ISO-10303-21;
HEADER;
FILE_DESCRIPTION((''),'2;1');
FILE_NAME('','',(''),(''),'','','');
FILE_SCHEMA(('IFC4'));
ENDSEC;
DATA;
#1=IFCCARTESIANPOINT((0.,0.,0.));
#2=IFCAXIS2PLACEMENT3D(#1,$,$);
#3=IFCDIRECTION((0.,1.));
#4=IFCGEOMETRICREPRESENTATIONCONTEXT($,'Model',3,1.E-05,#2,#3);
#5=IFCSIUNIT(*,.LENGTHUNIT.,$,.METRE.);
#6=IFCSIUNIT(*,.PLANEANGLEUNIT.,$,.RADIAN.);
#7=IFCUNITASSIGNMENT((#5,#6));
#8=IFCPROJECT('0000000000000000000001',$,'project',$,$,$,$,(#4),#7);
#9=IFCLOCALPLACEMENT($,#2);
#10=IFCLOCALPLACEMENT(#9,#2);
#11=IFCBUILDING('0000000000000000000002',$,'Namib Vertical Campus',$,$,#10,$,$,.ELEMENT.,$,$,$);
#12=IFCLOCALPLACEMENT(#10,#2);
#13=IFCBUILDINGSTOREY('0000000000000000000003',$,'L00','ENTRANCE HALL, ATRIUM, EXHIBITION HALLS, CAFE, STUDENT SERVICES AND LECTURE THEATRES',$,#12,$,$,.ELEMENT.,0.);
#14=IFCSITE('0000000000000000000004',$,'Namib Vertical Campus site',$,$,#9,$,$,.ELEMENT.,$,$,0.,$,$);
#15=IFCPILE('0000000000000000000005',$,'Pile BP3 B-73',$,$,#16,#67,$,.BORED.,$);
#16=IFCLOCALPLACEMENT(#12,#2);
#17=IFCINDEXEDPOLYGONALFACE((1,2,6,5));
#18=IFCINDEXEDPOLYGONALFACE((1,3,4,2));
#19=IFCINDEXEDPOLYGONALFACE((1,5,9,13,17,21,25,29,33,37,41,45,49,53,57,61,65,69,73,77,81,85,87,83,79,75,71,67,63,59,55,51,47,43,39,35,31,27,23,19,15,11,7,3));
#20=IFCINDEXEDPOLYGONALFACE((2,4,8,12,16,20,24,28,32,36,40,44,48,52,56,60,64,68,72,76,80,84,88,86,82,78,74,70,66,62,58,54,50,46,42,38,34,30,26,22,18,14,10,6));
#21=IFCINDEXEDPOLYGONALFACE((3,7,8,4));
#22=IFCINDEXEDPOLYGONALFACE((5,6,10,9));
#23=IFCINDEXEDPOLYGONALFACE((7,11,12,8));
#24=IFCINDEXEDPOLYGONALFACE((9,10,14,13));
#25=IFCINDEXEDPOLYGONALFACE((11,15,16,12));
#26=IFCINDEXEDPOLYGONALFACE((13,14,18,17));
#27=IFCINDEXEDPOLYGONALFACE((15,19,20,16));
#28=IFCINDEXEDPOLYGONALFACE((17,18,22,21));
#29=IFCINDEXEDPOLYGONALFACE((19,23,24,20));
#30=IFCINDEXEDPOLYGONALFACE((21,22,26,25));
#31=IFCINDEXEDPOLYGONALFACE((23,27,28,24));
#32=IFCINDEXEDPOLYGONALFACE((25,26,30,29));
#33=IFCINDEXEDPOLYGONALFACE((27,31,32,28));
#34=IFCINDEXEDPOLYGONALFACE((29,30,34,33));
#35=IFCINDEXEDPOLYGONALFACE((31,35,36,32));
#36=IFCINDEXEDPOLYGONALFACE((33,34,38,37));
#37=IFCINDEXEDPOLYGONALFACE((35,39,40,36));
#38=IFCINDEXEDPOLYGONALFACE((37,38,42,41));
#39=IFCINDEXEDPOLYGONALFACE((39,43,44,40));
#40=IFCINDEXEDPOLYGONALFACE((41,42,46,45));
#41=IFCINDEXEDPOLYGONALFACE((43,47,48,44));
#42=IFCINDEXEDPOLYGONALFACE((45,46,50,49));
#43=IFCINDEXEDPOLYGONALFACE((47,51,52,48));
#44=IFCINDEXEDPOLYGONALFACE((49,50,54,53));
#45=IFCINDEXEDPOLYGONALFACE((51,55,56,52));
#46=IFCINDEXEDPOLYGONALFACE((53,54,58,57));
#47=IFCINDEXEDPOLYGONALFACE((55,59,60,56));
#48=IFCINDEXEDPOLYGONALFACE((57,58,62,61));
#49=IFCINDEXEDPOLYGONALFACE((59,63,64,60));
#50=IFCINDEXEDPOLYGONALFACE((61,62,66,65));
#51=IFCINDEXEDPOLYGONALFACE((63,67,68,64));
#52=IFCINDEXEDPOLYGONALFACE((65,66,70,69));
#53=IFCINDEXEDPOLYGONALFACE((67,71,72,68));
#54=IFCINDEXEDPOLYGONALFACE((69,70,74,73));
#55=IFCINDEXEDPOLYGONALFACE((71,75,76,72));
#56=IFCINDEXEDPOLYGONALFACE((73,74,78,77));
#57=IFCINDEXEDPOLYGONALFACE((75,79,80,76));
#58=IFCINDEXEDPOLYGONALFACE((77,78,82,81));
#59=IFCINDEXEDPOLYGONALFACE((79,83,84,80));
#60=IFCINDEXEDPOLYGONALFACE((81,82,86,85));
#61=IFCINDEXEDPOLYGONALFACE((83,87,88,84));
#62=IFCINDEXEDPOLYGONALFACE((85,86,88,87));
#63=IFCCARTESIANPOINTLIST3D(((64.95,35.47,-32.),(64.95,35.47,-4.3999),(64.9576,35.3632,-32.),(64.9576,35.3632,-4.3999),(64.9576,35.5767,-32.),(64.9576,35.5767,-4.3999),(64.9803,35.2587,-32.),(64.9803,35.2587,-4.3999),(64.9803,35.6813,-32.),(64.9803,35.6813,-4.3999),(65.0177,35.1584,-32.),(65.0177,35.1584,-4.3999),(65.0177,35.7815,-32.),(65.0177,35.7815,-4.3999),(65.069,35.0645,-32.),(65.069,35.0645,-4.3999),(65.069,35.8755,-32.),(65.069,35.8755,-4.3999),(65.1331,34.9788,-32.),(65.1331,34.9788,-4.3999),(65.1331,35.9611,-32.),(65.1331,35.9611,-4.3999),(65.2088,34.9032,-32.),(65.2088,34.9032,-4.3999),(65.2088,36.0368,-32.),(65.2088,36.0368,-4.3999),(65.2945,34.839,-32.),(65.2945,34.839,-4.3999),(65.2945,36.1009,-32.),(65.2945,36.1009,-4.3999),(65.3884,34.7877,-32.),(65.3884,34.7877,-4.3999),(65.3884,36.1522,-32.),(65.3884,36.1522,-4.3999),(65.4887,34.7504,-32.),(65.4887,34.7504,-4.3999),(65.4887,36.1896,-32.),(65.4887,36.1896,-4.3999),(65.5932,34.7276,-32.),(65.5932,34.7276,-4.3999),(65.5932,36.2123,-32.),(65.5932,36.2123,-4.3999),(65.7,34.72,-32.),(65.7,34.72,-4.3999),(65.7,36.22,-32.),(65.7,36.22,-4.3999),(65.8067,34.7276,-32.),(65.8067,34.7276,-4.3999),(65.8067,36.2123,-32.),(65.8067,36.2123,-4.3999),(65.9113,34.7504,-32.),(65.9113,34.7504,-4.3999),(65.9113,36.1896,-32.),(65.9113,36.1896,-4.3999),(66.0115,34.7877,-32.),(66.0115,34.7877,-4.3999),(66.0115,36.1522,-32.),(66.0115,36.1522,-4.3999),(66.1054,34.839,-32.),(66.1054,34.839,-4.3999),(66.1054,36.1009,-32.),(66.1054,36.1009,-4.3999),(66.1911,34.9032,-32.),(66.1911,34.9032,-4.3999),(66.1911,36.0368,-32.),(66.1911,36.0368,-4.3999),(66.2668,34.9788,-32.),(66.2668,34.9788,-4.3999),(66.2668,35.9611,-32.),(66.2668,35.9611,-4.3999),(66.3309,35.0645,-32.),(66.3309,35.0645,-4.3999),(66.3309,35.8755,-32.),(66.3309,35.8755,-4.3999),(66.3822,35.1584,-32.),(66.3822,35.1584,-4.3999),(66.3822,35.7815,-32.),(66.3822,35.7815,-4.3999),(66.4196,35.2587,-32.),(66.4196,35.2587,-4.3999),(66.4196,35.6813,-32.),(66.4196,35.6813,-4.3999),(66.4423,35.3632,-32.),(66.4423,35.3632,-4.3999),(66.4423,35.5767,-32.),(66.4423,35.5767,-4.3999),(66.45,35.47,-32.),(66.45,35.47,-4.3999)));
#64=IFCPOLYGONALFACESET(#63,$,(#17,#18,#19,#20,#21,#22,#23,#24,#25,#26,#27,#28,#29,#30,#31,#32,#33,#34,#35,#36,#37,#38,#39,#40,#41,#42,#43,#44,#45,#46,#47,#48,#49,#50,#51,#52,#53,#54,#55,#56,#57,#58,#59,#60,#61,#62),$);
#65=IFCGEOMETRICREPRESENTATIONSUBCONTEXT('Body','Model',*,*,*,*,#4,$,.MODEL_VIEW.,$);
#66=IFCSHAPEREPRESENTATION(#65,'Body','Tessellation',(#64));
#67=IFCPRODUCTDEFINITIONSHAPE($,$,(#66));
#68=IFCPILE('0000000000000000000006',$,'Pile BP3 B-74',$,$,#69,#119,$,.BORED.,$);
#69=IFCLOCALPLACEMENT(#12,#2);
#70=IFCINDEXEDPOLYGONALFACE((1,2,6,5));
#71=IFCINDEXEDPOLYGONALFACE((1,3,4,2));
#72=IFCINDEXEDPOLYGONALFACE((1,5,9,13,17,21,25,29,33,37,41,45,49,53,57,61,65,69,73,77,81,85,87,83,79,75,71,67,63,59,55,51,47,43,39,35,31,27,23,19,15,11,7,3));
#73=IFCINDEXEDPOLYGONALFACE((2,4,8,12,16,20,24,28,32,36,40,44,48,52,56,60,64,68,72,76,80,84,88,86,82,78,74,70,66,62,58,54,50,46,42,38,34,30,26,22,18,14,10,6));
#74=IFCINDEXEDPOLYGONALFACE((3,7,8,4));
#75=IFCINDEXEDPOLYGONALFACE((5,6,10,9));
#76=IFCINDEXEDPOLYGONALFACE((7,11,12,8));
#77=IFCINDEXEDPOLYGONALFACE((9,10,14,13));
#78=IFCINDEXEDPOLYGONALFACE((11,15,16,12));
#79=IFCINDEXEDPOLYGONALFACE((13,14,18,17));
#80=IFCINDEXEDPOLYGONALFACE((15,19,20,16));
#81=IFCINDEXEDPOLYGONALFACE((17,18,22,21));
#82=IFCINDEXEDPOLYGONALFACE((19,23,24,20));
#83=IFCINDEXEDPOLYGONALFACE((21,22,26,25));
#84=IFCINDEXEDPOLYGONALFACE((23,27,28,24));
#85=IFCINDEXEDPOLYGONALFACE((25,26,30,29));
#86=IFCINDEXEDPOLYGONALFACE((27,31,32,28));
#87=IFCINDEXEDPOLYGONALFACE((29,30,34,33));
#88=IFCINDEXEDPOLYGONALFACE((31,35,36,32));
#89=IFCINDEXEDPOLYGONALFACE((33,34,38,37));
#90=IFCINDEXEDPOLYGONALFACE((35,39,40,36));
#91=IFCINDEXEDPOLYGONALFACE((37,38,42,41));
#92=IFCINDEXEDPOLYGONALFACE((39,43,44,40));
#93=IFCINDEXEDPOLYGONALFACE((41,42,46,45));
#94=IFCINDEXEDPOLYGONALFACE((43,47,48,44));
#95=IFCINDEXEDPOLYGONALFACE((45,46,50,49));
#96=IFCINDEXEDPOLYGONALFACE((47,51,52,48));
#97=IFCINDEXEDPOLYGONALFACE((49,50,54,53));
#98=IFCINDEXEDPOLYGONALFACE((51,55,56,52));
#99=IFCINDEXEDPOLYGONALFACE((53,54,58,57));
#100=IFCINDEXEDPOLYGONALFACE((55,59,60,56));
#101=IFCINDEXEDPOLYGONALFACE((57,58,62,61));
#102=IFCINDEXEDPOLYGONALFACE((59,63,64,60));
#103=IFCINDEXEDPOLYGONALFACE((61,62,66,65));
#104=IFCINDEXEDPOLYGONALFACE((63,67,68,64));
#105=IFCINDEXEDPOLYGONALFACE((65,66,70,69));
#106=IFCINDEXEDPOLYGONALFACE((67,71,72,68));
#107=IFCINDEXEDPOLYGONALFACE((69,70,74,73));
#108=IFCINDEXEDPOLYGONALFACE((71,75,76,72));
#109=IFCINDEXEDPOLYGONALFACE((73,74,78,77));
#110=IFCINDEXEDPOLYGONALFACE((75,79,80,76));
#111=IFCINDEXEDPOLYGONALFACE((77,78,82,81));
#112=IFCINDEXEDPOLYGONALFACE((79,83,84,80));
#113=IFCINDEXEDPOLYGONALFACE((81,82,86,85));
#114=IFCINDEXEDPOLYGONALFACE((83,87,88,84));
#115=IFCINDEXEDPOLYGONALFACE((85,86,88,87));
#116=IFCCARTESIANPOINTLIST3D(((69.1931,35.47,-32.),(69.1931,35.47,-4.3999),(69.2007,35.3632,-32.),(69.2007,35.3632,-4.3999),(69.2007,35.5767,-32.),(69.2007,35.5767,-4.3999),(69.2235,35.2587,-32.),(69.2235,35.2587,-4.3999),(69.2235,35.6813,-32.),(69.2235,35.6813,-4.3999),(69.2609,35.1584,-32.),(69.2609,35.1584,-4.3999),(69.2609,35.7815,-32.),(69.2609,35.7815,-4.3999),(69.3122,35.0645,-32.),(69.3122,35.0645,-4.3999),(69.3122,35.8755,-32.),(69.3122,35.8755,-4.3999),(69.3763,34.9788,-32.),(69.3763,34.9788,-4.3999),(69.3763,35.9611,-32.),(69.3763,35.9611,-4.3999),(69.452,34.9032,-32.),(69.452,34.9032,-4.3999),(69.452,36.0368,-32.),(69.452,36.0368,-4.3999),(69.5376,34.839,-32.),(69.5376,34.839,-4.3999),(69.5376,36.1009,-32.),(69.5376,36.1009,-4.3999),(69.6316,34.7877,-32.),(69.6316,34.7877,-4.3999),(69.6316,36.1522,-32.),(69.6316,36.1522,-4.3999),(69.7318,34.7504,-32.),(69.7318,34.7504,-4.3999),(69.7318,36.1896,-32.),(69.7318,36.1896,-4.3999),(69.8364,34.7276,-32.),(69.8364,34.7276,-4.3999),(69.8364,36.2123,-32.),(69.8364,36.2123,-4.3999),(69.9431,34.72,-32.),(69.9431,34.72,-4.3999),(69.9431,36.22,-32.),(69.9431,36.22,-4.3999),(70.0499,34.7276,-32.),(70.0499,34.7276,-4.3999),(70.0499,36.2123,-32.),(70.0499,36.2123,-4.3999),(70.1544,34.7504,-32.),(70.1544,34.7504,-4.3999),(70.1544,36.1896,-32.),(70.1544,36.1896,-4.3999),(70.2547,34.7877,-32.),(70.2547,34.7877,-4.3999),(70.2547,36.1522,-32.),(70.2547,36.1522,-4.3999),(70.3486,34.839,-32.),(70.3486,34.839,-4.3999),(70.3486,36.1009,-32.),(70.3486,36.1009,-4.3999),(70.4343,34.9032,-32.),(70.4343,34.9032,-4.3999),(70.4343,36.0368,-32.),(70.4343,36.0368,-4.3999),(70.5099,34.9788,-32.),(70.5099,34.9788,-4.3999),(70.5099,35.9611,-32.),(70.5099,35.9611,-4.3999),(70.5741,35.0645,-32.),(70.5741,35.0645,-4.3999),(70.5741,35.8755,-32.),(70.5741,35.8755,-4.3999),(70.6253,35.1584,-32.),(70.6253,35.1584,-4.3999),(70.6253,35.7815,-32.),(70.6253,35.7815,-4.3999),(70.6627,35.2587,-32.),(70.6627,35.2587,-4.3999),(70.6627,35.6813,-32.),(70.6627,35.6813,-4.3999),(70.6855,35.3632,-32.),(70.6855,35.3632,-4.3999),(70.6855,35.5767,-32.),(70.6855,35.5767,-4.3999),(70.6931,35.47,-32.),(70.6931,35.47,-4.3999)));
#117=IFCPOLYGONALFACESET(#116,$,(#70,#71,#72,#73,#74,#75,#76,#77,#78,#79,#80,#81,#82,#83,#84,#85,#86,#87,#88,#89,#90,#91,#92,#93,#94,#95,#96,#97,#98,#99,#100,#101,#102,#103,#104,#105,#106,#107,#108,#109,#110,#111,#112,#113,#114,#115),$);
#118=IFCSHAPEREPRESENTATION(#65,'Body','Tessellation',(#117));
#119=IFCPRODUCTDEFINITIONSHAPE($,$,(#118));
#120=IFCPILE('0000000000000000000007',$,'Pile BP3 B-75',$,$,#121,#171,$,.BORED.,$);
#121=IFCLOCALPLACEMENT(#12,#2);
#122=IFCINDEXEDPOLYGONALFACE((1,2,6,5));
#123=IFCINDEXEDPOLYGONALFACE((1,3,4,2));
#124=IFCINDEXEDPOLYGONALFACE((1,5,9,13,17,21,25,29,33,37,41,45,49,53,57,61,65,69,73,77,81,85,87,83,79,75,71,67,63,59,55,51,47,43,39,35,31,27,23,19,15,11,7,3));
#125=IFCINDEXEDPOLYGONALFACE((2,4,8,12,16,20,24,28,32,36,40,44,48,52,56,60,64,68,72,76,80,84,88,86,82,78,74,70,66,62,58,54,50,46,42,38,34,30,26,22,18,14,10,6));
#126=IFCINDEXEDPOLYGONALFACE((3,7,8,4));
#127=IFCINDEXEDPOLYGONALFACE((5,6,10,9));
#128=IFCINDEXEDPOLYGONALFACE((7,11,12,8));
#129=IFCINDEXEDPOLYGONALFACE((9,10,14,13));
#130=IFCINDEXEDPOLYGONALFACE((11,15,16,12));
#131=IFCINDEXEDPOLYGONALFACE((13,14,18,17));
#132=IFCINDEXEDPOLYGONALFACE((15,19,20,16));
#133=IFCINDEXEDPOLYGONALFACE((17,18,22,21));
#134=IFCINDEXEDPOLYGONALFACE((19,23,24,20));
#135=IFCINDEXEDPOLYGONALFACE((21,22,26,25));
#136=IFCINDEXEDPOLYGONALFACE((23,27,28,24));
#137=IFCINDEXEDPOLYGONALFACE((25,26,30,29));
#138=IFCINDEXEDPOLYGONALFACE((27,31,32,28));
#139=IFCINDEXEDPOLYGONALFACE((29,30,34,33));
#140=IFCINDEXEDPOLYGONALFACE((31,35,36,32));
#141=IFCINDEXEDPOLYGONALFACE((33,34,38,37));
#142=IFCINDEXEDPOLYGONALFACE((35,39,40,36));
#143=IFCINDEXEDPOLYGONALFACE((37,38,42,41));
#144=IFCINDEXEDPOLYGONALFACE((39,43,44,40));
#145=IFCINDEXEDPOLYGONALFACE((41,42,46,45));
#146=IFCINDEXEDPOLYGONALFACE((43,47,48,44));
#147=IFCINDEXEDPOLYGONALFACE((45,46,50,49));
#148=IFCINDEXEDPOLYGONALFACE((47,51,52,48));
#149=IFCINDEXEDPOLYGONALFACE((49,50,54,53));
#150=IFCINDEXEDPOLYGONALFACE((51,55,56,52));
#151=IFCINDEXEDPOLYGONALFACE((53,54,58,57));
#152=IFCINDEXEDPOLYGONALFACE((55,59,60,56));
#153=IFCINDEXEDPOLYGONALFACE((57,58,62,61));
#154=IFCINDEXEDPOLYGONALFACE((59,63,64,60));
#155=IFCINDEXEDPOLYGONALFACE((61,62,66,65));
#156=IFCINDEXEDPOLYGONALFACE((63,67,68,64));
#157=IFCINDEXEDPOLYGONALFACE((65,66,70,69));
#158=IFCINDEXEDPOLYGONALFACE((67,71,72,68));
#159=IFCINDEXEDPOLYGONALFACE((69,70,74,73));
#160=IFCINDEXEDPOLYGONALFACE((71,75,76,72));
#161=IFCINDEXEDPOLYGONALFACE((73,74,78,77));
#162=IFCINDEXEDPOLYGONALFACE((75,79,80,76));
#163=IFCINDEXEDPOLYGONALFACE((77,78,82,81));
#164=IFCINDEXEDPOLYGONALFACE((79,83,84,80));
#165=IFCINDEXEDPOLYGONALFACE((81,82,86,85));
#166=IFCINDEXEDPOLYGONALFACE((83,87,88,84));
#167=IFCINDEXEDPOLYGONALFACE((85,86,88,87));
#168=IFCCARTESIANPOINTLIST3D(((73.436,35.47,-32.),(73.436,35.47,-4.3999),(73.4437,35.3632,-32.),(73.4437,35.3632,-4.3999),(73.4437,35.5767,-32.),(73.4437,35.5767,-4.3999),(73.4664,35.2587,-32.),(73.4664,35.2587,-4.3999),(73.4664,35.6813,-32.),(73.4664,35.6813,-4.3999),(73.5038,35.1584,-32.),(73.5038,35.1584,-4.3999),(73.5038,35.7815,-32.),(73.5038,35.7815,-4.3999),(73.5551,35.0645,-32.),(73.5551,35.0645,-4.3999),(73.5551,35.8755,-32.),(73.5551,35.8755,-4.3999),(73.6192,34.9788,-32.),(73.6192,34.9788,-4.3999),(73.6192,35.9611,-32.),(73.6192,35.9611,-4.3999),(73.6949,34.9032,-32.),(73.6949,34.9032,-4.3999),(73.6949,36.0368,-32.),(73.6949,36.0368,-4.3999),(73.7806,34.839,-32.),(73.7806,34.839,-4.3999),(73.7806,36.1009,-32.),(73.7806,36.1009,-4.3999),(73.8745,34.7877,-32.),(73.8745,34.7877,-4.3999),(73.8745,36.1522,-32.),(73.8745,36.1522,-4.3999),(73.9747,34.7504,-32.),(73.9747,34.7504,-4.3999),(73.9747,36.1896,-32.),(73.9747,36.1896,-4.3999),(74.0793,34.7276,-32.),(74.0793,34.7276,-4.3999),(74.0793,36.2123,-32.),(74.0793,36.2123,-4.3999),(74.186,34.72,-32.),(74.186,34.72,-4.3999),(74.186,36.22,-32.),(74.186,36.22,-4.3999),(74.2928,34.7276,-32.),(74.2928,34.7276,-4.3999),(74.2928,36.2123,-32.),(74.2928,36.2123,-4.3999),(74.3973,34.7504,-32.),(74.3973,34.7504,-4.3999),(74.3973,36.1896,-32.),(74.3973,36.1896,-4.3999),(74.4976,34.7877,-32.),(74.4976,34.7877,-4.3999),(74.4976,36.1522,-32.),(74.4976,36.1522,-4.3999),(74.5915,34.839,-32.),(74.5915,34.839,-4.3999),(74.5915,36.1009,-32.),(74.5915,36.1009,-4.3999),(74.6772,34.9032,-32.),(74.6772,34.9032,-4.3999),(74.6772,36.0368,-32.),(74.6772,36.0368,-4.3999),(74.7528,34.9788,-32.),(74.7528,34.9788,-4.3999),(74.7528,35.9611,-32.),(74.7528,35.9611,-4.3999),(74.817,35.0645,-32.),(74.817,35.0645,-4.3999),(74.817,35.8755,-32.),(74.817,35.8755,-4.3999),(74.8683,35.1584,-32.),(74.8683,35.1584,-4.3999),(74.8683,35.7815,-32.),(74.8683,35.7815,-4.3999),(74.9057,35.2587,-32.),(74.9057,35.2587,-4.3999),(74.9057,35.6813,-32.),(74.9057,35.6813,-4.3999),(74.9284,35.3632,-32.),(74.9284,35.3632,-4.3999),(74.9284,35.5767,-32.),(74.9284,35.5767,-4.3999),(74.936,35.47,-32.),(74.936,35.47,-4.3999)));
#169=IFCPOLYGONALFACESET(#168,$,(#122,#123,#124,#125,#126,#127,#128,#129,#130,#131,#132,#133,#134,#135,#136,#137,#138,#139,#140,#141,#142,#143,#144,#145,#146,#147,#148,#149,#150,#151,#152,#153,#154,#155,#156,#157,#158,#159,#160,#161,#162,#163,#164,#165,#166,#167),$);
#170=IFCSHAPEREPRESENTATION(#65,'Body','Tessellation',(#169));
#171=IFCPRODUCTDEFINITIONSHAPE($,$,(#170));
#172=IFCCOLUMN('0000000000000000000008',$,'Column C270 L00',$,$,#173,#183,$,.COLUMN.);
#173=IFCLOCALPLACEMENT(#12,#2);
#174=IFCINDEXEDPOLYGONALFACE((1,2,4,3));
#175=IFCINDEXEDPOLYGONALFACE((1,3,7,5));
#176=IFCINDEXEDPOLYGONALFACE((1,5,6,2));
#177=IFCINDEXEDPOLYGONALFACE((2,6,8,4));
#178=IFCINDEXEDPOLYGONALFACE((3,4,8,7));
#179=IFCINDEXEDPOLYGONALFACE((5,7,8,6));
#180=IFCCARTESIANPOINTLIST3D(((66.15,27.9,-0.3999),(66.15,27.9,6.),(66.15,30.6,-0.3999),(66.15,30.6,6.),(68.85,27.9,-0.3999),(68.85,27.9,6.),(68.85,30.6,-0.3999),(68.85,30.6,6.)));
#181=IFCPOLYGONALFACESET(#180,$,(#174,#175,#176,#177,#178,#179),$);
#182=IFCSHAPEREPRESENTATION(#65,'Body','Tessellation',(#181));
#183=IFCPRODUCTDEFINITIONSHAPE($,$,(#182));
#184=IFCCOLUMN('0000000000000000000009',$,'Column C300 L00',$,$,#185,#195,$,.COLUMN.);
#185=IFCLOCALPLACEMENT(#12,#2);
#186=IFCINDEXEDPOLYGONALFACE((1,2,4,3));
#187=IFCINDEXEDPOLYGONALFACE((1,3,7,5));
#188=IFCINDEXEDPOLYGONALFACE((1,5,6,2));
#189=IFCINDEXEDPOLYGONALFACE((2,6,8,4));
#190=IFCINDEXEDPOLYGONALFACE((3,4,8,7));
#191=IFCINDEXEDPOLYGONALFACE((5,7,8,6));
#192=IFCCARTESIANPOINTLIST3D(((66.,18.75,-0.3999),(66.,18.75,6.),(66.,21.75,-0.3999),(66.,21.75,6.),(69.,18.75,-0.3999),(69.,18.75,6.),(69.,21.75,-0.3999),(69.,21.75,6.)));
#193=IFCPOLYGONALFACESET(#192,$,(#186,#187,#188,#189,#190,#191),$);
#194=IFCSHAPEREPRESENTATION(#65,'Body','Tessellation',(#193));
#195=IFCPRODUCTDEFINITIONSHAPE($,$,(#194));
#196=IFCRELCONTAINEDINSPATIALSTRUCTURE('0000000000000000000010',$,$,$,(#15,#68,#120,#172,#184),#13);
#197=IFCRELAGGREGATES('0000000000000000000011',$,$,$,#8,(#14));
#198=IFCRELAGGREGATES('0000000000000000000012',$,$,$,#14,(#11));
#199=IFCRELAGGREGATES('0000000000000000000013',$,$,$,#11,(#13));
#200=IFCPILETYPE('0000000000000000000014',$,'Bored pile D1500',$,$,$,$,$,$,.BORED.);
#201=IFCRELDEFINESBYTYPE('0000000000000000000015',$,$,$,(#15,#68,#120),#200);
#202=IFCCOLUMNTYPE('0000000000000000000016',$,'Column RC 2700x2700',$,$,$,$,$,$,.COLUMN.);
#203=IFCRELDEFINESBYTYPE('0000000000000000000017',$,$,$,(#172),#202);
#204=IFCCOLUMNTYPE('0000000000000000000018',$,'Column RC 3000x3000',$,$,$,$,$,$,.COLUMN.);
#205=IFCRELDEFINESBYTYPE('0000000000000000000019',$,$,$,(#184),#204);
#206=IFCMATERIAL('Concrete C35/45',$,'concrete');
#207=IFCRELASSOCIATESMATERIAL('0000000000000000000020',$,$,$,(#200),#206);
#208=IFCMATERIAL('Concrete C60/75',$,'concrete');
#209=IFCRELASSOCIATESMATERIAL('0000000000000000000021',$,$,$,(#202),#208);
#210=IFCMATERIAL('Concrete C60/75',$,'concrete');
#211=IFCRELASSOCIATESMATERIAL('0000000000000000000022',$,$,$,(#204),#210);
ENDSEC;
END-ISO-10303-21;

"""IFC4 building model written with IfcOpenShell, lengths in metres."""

from ifc_helpers import new_model, si_unit, direction, frame, origin, origin_2d, place, context, subcontext, project, spatial, rectangle, circle, extrude, material, material_profile, profile_set, type_object, element, save


model = new_model("IFC4")

# Units and contexts
model_context = context("Model", 3, precision=1e-05, world=origin(), true_north=direction((0.0, 1.0)))
body_context = subcontext(model_context, "Body", "Model", "MODEL_VIEW")
ifc_project = project(units=[si_unit("LENGTHUNIT", "METRE"), si_unit("PLANEANGLEUNIT", "RADIAN")], contexts=[model_context])

# Site, building, storey
site_placement = place(None, origin())
site = spatial("IfcSite", under=ifc_project, at=site_placement, Name="Namib Vertical Campus site", CompositionType="ELEMENT", RefElevation=0.0)
building_placement = place(site_placement, origin())
building = spatial("IfcBuilding", under=site, at=building_placement, Name="Namib Vertical Campus", CompositionType="ELEMENT")
storey_placement = place(building_placement, origin())
storey = spatial("IfcBuildingStorey", under=building, at=storey_placement, Name="L00", Description="ENTRANCE HALL, ATRIUM, EXHIBITION HALLS, CAFE, STUDENT SERVICES AND LECTURE THEATRES", CompositionType="ELEMENT", Elevation=0.0)

# Piles
ifc_material_1 = material(Name="Concrete C35/45", Category="concrete")
ifc_material_profile_1 = material_profile(ifc_material_1, circle(Radius=0.75, at=origin_2d()))
ifc_profile_set_1 = profile_set([ifc_material_profile_1], Name="Concrete C35/45")
pile_type = type_object("IfcPileType", Name="Bored pile D1500", PredefinedType="BORED", material=ifc_profile_set_1)
for number, where, z_axis, x_axis, name in (
    (1, (65.7, 35.47, -4.3999), (0.0, 0.0, -1.0), (1.0, 0.0, 0.0), "Pile BP3 B-73"),
    (2, (69.9431, 35.47, -4.3999), (0.0, 0.0, -1.0), (1.0, 0.0, 0.0), "Pile BP3 B-74"),
    (3, (74.186, 35.47, -4.3999), (0.0, 0.0, -1.0), (1.0, 0.0, 0.0), "Pile BP3 B-75"),
):
    element("IfcPile", number, at=place(storey_placement, frame(where, z_axis=z_axis, x_axis=x_axis)), inside=storey, type_object=pile_type, Name=name, PredefinedType="BORED", context=body_context, shape_type="SweptSolid", body=[
        extrude(circle(Radius=0.75, at=origin_2d()), origin(), (0.0, 0.0, 1.0), 27.6001),
    ])

# Columns
ifc_material_2 = material(Name="Concrete C60/75", Category="concrete")
ifc_material_profile_2 = material_profile(ifc_material_2, rectangle(XDim=2.7, YDim=2.7, at=origin_2d()))
ifc_profile_set_2 = profile_set([ifc_material_profile_2], Name="Concrete C60/75")
column_type_1 = type_object("IfcColumnType", Name="Column RC 2700x2700", PredefinedType="COLUMN", material=ifc_profile_set_2)
column_1_placement = place(storey_placement, frame((67.5, 29.25, -0.3999), z_axis=(0.0, 0.0, 1.0), x_axis=(1.0, 0.0, 0.0)))
element("IfcColumn", 4, at=column_1_placement, inside=storey, type_object=column_type_1, Name="Column C270 L00", PredefinedType="COLUMN", context=body_context, shape_type="SweptSolid", body=[
    extrude(rectangle(XDim=2.7, YDim=2.7, at=origin_2d()), origin(), (0.0, 0.0, 1.0), 6.3999),
])
ifc_material_3 = material(Name="Concrete C60/75", Category="concrete")
ifc_material_profile_3 = material_profile(ifc_material_3, rectangle(XDim=3.0, YDim=3.0, at=origin_2d()))
ifc_profile_set_3 = profile_set([ifc_material_profile_3], Name="Concrete C60/75")
column_type_2 = type_object("IfcColumnType", Name="Column RC 3000x3000", PredefinedType="COLUMN", material=ifc_profile_set_3)
column_2_placement = place(storey_placement, frame((67.5, 20.25, -0.3999), z_axis=(0.0, 0.0, 1.0), x_axis=(1.0, 0.0, 0.0)))
element("IfcColumn", 5, at=column_2_placement, inside=storey, type_object=column_type_2, Name="Column C300 L00", PredefinedType="COLUMN", context=body_context, shape_type="SweptSolid", body=[
    extrude(rectangle(XDim=3.0, YDim=3.0, at=origin_2d()), origin(), (0.0, 0.0, 1.0), 6.3999),
])

save(model, "model.ifc")
